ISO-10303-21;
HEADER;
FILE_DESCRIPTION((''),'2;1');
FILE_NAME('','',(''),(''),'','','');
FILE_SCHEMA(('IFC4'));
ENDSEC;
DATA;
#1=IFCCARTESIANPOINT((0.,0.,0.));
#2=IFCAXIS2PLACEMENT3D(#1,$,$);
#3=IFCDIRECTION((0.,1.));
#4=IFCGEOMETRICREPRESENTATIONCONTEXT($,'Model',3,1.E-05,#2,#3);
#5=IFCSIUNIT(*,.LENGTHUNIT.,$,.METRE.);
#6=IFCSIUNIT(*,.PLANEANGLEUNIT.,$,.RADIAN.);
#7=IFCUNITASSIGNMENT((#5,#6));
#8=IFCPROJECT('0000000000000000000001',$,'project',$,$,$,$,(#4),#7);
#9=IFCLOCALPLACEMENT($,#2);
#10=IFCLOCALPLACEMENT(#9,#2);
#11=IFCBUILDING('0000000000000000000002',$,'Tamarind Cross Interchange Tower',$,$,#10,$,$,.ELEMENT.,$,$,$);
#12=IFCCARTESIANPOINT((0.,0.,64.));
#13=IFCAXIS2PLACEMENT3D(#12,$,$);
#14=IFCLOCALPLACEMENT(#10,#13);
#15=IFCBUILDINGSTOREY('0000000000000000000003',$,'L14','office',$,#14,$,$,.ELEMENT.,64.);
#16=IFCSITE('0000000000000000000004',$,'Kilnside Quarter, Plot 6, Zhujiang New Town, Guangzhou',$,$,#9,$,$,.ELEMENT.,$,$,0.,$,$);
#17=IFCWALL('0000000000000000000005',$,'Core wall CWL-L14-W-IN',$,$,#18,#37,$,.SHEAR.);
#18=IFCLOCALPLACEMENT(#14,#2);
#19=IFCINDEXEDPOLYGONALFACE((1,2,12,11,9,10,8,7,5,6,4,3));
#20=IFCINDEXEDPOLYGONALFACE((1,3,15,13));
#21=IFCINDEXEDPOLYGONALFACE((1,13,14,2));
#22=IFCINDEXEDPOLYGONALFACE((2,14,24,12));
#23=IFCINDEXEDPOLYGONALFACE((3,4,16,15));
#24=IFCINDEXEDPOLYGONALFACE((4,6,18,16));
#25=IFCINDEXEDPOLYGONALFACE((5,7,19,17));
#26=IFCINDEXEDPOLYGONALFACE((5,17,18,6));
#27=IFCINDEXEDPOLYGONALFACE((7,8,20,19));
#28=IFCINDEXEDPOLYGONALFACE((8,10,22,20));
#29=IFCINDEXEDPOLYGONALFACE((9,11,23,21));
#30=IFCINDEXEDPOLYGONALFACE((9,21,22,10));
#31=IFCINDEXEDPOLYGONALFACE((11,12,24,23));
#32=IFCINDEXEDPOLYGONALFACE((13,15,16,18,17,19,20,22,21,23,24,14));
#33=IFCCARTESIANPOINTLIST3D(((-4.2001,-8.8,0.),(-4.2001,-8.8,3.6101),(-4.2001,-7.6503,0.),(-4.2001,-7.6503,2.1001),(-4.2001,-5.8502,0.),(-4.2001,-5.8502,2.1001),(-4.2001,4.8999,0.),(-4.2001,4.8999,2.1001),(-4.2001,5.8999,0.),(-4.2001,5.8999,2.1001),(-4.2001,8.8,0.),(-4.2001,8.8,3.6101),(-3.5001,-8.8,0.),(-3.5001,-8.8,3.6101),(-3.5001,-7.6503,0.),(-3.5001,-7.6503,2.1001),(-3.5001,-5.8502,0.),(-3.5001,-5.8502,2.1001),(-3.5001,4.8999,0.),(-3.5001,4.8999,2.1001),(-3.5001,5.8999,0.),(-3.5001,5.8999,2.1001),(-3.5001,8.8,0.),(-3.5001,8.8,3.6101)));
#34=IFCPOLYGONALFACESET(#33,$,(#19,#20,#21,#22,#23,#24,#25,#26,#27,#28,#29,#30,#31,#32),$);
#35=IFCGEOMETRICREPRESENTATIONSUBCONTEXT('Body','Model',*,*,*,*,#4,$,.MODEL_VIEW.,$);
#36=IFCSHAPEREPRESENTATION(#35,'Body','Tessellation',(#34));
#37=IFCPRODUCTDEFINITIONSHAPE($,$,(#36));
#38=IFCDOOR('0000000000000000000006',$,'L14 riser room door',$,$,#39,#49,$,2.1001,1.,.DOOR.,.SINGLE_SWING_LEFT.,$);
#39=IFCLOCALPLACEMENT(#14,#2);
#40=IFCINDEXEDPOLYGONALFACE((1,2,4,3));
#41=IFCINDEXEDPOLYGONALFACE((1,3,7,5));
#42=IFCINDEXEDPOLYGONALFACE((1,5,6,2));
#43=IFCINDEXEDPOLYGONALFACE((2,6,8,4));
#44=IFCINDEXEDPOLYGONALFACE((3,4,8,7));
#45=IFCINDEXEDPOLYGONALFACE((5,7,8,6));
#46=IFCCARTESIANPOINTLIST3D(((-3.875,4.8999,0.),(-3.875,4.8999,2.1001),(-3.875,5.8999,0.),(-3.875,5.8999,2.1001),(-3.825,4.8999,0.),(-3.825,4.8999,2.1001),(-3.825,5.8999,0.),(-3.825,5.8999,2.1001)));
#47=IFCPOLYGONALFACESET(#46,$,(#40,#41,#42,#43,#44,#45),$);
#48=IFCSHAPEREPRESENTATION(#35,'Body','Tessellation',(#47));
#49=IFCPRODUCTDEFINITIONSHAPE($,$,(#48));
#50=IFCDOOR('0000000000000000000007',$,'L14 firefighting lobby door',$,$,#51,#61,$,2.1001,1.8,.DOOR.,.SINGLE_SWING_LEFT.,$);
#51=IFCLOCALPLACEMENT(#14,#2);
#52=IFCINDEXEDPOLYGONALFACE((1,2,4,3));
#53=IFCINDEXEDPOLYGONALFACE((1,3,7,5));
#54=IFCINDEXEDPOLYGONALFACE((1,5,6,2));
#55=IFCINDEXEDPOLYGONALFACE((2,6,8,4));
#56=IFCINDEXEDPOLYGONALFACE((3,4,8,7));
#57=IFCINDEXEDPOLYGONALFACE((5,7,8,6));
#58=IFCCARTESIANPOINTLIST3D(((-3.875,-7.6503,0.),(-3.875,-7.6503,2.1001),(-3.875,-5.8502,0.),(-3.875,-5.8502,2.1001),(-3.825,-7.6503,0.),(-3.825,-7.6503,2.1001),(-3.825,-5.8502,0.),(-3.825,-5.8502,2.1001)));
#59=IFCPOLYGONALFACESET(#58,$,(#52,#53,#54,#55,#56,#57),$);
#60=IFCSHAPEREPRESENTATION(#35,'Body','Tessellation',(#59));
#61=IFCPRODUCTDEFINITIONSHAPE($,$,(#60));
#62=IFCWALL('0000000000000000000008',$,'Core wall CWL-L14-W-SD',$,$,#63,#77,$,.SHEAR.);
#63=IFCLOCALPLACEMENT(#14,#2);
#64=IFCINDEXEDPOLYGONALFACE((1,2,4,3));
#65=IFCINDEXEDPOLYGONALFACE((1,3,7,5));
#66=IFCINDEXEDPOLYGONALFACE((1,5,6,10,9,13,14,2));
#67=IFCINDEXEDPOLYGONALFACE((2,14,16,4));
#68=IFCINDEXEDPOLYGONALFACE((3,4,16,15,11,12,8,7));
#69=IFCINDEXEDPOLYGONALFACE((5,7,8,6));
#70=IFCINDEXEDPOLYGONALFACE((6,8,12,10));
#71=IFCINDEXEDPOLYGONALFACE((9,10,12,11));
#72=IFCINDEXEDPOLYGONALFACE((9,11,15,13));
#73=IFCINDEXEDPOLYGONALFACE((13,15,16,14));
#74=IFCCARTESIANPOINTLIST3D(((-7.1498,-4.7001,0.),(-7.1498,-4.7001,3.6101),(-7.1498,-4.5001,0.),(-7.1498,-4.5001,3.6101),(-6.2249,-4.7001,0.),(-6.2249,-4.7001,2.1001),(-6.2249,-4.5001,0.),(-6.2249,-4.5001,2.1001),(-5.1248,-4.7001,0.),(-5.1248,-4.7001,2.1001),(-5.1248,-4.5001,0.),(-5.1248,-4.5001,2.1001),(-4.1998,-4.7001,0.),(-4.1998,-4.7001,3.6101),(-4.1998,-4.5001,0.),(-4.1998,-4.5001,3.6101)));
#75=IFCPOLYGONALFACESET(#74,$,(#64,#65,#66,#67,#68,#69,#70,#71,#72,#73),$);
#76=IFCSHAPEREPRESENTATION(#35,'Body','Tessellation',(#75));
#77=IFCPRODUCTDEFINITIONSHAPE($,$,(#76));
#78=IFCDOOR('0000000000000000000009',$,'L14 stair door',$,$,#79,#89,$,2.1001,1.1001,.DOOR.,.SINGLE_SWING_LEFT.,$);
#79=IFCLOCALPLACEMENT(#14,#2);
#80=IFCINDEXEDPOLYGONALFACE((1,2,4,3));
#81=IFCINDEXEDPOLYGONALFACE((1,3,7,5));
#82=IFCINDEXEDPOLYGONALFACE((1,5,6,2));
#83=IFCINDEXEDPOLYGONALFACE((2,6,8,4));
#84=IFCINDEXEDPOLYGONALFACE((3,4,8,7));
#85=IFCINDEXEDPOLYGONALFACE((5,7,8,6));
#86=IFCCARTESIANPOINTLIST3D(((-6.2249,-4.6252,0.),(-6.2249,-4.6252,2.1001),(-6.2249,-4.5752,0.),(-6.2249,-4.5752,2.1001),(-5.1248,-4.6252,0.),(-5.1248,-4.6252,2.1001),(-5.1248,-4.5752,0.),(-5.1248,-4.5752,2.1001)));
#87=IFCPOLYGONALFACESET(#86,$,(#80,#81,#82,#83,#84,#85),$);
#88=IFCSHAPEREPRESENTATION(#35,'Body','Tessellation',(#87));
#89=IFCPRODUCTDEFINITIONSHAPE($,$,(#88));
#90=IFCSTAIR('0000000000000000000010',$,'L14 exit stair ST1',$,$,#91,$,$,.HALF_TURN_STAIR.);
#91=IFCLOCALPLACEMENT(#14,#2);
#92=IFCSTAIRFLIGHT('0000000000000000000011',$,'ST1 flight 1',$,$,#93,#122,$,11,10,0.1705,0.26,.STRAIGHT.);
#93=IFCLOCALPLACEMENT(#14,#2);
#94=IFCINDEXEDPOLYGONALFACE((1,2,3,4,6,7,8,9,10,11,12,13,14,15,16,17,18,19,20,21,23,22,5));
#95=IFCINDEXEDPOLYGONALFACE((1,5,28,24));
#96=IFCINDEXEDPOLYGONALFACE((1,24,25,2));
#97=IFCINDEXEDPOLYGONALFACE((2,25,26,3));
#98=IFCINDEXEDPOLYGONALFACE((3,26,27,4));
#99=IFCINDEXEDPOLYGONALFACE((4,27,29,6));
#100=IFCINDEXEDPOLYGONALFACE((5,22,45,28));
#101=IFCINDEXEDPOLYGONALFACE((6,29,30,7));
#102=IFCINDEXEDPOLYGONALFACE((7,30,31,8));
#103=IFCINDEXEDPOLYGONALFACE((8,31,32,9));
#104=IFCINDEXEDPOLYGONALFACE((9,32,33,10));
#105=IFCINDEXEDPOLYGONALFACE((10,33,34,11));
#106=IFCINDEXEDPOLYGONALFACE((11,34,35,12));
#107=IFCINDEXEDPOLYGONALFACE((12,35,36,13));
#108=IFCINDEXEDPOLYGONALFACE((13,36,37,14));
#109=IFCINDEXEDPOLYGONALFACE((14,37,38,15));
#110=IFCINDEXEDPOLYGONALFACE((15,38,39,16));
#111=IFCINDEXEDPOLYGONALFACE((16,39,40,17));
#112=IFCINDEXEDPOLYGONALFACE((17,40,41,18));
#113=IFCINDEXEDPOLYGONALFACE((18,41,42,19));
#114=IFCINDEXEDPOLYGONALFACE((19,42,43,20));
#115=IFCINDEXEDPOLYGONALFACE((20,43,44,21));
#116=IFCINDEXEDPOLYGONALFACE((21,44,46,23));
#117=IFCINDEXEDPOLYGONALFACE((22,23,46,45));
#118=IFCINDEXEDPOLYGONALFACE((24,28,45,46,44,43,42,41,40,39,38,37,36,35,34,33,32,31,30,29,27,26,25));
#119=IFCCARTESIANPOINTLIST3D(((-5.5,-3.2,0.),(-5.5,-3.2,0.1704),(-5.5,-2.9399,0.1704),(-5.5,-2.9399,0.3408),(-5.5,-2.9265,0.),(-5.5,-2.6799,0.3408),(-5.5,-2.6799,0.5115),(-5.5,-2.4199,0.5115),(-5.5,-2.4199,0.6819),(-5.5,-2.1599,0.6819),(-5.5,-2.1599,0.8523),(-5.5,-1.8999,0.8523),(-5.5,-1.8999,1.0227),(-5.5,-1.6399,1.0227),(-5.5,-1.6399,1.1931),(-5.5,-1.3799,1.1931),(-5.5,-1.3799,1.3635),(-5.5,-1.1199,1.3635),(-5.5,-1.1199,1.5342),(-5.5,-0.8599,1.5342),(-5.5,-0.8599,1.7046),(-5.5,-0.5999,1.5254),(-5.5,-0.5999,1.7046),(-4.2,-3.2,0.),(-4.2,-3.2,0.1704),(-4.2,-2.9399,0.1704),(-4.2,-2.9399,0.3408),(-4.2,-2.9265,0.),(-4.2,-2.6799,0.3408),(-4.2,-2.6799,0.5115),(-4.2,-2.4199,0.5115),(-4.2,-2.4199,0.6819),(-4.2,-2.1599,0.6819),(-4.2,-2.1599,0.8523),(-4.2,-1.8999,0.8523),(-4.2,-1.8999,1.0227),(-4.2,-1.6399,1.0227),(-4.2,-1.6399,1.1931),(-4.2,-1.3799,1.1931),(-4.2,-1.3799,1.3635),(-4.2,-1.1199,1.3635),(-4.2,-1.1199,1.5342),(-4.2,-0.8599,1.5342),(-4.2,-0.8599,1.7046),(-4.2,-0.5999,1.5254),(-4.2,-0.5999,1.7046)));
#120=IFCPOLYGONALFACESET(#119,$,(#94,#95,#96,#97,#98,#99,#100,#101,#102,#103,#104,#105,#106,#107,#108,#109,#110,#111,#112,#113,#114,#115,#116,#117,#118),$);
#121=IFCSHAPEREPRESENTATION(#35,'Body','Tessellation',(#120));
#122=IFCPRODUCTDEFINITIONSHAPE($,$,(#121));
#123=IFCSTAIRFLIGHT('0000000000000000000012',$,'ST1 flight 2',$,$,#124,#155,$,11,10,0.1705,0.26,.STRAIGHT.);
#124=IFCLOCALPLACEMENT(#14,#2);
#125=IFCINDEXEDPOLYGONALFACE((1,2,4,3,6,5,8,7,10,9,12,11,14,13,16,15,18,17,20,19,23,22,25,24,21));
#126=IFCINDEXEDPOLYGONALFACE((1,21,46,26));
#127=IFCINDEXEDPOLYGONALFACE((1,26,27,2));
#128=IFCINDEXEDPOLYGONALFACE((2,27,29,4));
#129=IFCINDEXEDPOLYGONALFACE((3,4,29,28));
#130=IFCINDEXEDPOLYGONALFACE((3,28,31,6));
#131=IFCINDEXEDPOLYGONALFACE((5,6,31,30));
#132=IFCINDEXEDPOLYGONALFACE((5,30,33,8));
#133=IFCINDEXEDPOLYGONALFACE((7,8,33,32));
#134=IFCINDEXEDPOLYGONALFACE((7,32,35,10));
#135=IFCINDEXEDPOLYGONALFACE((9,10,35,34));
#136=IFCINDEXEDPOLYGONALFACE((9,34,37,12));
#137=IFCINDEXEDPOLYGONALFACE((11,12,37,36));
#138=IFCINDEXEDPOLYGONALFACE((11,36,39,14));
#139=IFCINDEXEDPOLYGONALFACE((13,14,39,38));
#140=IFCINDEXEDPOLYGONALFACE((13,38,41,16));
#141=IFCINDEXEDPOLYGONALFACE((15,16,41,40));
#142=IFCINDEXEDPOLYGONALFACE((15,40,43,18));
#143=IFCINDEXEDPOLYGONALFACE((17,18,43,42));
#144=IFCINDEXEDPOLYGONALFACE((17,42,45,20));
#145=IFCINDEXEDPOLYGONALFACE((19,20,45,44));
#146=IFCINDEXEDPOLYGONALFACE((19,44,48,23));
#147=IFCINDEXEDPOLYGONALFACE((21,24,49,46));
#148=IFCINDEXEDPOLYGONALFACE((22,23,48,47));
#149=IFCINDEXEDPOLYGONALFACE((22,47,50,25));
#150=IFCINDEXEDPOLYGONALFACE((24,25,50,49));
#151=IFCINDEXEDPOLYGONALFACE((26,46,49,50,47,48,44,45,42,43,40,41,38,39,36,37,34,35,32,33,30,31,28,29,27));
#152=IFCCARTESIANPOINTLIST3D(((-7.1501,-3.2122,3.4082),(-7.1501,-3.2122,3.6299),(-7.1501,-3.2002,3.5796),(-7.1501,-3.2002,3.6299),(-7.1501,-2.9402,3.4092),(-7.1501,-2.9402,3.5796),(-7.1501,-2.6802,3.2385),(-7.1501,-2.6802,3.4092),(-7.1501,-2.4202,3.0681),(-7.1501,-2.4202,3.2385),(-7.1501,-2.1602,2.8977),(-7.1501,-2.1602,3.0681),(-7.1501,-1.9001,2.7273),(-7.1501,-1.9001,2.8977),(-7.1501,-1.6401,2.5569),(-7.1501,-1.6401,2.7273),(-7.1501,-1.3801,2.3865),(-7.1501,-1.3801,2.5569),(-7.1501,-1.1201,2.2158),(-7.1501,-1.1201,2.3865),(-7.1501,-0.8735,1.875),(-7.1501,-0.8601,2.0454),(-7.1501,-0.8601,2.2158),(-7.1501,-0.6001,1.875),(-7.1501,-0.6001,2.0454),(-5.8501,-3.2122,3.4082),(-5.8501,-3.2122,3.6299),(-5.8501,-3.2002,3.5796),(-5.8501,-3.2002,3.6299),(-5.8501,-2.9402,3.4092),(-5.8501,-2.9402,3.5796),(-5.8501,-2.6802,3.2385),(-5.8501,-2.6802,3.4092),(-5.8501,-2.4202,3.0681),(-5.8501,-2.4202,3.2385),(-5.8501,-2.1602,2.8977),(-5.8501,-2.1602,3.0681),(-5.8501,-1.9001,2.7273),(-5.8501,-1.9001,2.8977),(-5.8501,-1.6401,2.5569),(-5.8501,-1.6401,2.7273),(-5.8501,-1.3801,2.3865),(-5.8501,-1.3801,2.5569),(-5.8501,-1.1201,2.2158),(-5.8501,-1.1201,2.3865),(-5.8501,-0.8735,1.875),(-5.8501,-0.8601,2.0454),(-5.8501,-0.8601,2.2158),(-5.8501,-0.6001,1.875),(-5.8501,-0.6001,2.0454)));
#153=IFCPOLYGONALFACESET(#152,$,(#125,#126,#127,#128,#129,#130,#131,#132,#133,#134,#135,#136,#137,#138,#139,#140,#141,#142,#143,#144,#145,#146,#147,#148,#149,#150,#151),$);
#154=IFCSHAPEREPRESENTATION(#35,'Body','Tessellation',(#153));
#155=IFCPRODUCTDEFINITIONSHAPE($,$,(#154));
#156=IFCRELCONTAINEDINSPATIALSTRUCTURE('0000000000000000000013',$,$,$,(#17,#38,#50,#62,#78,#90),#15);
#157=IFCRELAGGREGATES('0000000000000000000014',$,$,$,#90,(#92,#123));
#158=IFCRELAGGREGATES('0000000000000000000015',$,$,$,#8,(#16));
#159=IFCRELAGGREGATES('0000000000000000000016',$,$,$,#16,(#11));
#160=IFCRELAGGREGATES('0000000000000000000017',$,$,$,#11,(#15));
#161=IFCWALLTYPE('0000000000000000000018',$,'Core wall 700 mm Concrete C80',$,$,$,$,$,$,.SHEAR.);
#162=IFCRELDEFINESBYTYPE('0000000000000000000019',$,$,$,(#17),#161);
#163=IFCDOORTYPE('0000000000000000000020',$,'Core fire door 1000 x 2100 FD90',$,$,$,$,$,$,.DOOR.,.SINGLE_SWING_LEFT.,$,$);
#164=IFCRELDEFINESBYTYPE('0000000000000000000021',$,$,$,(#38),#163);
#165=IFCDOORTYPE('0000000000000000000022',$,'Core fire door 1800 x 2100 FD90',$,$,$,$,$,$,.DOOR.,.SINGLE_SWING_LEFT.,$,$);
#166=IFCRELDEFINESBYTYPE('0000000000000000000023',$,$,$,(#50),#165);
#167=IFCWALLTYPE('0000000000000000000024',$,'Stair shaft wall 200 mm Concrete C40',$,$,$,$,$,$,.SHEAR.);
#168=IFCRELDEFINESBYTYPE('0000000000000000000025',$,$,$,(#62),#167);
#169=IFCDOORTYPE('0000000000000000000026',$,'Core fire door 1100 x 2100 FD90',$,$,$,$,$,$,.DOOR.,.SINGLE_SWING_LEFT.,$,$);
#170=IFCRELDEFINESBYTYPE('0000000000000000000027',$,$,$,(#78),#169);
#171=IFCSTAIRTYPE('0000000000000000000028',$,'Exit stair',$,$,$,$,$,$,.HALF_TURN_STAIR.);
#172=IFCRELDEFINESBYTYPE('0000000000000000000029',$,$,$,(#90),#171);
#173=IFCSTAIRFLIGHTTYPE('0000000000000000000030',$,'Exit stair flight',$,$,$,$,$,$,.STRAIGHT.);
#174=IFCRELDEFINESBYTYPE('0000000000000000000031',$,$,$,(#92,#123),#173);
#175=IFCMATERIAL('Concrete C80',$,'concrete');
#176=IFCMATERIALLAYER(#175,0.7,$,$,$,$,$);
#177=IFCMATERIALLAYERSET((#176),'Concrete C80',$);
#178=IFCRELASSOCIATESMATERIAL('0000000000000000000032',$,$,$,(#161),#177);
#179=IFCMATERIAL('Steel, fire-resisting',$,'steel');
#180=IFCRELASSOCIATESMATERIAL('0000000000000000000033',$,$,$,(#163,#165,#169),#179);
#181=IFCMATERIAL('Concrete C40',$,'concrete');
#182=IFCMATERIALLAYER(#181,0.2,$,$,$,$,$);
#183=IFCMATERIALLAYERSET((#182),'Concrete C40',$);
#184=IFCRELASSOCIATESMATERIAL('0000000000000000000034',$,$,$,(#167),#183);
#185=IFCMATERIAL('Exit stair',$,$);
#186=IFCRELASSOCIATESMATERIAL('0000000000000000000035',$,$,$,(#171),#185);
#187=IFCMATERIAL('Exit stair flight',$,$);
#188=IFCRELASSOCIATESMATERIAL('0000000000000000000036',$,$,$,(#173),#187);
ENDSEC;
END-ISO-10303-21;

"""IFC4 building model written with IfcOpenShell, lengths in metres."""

from ifc_helpers import new_model, si_unit, direction, frame, frame_2d, origin, place, context, subcontext, project, spatial, polyline, rectangle, outline, extrude, material, layer, layer_set, type_object, element, fill, aggregate, save


model = new_model("IFC4")

# Units and contexts
model_context = context("Model", 3, precision=1e-05, world=origin(), true_north=direction((0.0, 1.0)))
body_context = subcontext(model_context, "Body", "Model", "MODEL_VIEW")
ifc_project = project(units=[si_unit("LENGTHUNIT", "METRE"), si_unit("PLANEANGLEUNIT", "RADIAN")], contexts=[model_context])

# Site, building, storey
site_placement = place(None, origin())
site = spatial("IfcSite", under=ifc_project, at=site_placement, Name="Kilnside Quarter, Plot 6, Zhujiang New Town, Guangzhou", CompositionType="ELEMENT", RefElevation=0.0)
building_placement = place(site_placement, origin())
building = spatial("IfcBuilding", under=site, at=building_placement, Name="Tamarind Cross Interchange Tower", CompositionType="ELEMENT")
storey_placement = place(building_placement, frame((0.0, 0.0, 64.0)))
storey = spatial("IfcBuildingStorey", under=building, at=storey_placement, Name="L14", Description="office", CompositionType="ELEMENT", Elevation=64.0)

# Wall, openings, doors
ifc_material_1 = material(Name="Concrete C80", Category="concrete")
ifc_layer_1 = layer(ifc_material_1, 0.7)
ifc_layer_set_1 = layer_set([ifc_layer_1], Name="Concrete C80")
wall_type_1 = type_object("IfcWallType", Name="Core wall 700 mm Concrete C80", PredefinedType="SHEAR", material=ifc_layer_set_1)
wall_1_placement = place(storey_placement, frame((-3.8501, -8.8, 0.0), z_axis=(0.0, 0.0, 1.0), x_axis=(0.0, 1.0, 0.0)))
wall_1 = element("IfcWall", 1, at=wall_1_placement, inside=storey, type_object=wall_type_1, Name="Core wall CWL-L14-W-IN", PredefinedType="SHEAR", context=body_context, shape_type="SweptSolid", body=[
    extrude(rectangle(XDim=17.6001, YDim=0.7, at=frame_2d((8.8, 0.0))), origin(), (0.0, 0.0, 1.0), 3.6101),
])
opening_1_placement = place(wall_1_placement, frame((1.1499, 0.0, 0.0)))
opening_1 = element("IfcOpeningElement", 2, at=opening_1_placement, cuts=wall_1, PredefinedType="OPENING", context=body_context, shape_type="SweptSolid", body=[
    extrude(rectangle(XDim=1.8, YDim=2.1001, at=frame_2d((0.8999, 1.05))), frame((0.0, 0.3599, 0.0), z_axis=(0.0, -1.0, 0.0), x_axis=(1.0, 0.0, 0.0)), (0.0, 0.0, 1.0), 0.72),
])
opening_2_placement = place(wall_1_placement, frame((13.7, 0.0, 0.0)))
opening_2 = element("IfcOpeningElement", 3, at=opening_2_placement, cuts=wall_1, PredefinedType="OPENING", context=body_context, shape_type="SweptSolid", body=[
    extrude(rectangle(XDim=1.0, YDim=2.1001, at=frame_2d((0.5, 1.05))), frame((0.0, 0.3599, 0.0), z_axis=(0.0, -1.0, 0.0), x_axis=(1.0, 0.0, 0.0)), (0.0, 0.0, 1.0), 0.72),
])
ifc_material_2 = material(Name="Steel, fire-resisting", Category="steel")
door_type_1 = type_object("IfcDoorType", Name="Core fire door 1000 x 2100 FD90", OperationType="SINGLE_SWING_LEFT", PredefinedType="DOOR", material=ifc_material_2)
door_1_placement = place(opening_2_placement, origin())
door_1 = element("IfcDoor", 4, at=door_1_placement, inside=storey, type_object=door_type_1, Name="L14 riser room door", OperationType="SINGLE_SWING_LEFT", OverallHeight=2.1001, OverallWidth=1.0, PredefinedType="DOOR", context=body_context, shape_type="SweptSolid", body=[
    extrude(rectangle(XDim=1.0, YDim=2.1001, at=frame_2d((0.5, 1.05))), frame((0.0, 0.0249, 0.0), z_axis=(0.0, -1.0, 0.0), x_axis=(1.0, 0.0, 0.0)), (0.0, 0.0, 1.0), 0.05),
])
fill(opening_2, door_1)
door_type_2 = type_object("IfcDoorType", Name="Core fire door 1800 x 2100 FD90", OperationType="SINGLE_SWING_LEFT", PredefinedType="DOOR", material=ifc_material_2)
door_2_placement = place(opening_1_placement, origin())
door_2 = element("IfcDoor", 5, at=door_2_placement, inside=storey, type_object=door_type_2, Name="L14 firefighting lobby door", OperationType="SINGLE_SWING_LEFT", OverallHeight=2.1001, OverallWidth=1.8, PredefinedType="DOOR", context=body_context, shape_type="SweptSolid", body=[
    extrude(rectangle(XDim=1.8, YDim=2.1001, at=frame_2d((0.8999, 1.05))), frame((0.0, 0.0249, 0.0), z_axis=(0.0, -1.0, 0.0), x_axis=(1.0, 0.0, 0.0)), (0.0, 0.0, 1.0), 0.05),
])
fill(opening_1, door_2)

# Wall, opening, door
ifc_material_3 = material(Name="Concrete C40", Category="concrete")
ifc_layer_2 = layer(ifc_material_3, 0.2)
ifc_layer_set_2 = layer_set([ifc_layer_2], Name="Concrete C40")
wall_type_2 = type_object("IfcWallType", Name="Stair shaft wall 200 mm Concrete C40", PredefinedType="SHEAR", material=ifc_layer_set_2)
wall_2_placement = place(storey_placement, frame((-7.1499, -4.6001, 0.0), z_axis=(0.0, 0.0, 1.0), x_axis=(1.0, 0.0, 0.0)))
wall_2 = element("IfcWall", 6, at=wall_2_placement, inside=storey, type_object=wall_type_2, Name="Core wall CWL-L14-W-SD", PredefinedType="SHEAR", context=body_context, shape_type="SweptSolid", body=[
    extrude(rectangle(XDim=2.95, YDim=0.2, at=frame_2d((1.4751, 0.0))), origin(), (0.0, 0.0, 1.0), 3.6101),
])
opening_3_placement = place(wall_2_placement, frame((0.925, 0.0, 0.0)))
opening_3 = element("IfcOpeningElement", 7, at=opening_3_placement, cuts=wall_2, PredefinedType="OPENING", context=body_context, shape_type="SweptSolid", body=[
    extrude(rectangle(XDim=1.1001, YDim=2.1001, at=frame_2d((0.55, 1.05))), frame((0.0, 0.1099, 0.0), z_axis=(0.0, -1.0, 0.0), x_axis=(1.0, 0.0, 0.0)), (0.0, 0.0, 1.0), 0.22),
])
door_type_3 = type_object("IfcDoorType", Name="Core fire door 1100 x 2100 FD90", OperationType="SINGLE_SWING_LEFT", PredefinedType="DOOR", material=ifc_material_2)
door_3_placement = place(opening_3_placement, origin())
door_3 = element("IfcDoor", 8, at=door_3_placement, inside=storey, type_object=door_type_3, Name="L14 stair door", OperationType="SINGLE_SWING_LEFT", OverallHeight=2.1001, OverallWidth=1.1001, PredefinedType="DOOR", context=body_context, shape_type="SweptSolid", body=[
    extrude(rectangle(XDim=1.1001, YDim=2.1001, at=frame_2d((0.55, 1.05))), frame((0.0, 0.0249, 0.0), z_axis=(0.0, -1.0, 0.0), x_axis=(1.0, 0.0, 0.0)), (0.0, 0.0, 1.0), 0.05),
])
fill(opening_3, door_3)

# Stair, stair flights
ifc_material_4 = material(Name="Exit stair")
stair_type = type_object("IfcStairType", Name="Exit stair", PredefinedType="HALF_TURN_STAIR", material=ifc_material_4)
stair_placement = place(storey_placement, origin())
stair = element("IfcStair", 9, at=stair_placement, inside=storey, type_object=stair_type, Name="L14 exit stair ST1", PredefinedType="HALF_TURN_STAIR")
ifc_material_5 = material(Name="Exit stair flight")
stair_flight_type = type_object("IfcStairFlightType", Name="Exit stair flight", PredefinedType="STRAIGHT", material=ifc_material_5)
stair_flight_1_placement = place(storey_placement, frame((-4.8501, -3.2, 0.0), z_axis=(0.0, 0.0, 1.0), x_axis=(0.0, 1.0, 0.0)))
stair_flight_1 = element("IfcStairFlight", 10, at=stair_flight_1_placement, type_object=stair_flight_type, Name="ST1 flight 1", NumberOfRisers=11, NumberOfTreads=10, PredefinedType="STRAIGHT", RiserHeight=0.1705, TreadLength=0.26, context=body_context, shape_type="SweptSolid", body=[
    extrude(outline(polyline([(0.0, 0.0), (0.0, 0.1704), (0.26, 0.1704), (0.26, 0.3408), (0.52, 0.3408), (0.52, 0.5115), (0.78, 0.5115), (0.78, 0.6819), (1.04, 0.6819), (1.04, 0.8523), (1.3, 0.8523), (1.3, 1.0227), (1.5601, 1.0227), (1.5601, 1.1931), (1.8201, 1.1931), (1.8201, 1.3635), (2.0801, 1.3635), (2.0801, 1.5342), (2.3401, 1.5342), (2.3401, 1.7046), (2.6001, 1.7046), (2.6001, 1.875), (2.6001, 1.5254), (0.2734, 0.0), (0.0, 0.0)])), frame((0.0, 0.6499, 0.0), z_axis=(0.0, -1.0, 0.0), x_axis=(1.0, 0.0, 0.0)), (0.0, 0.0, 1.0), 1.3),
])
stair_flight_2_placement = place(storey_placement, frame((-6.5, -0.6001, 1.875), z_axis=(0.0, 0.0, 1.0), x_axis=(0.0, -1.0, 0.0)))
stair_flight_2 = element("IfcStairFlight", 11, at=stair_flight_2_placement, type_object=stair_flight_type, Name="ST1 flight 2", NumberOfRisers=11, NumberOfTreads=10, PredefinedType="STRAIGHT", RiserHeight=0.1705, TreadLength=0.26, context=body_context, shape_type="SweptSolid", body=[
    extrude(outline(polyline([(0.0, 0.0), (0.0, 0.1704), (0.26, 0.1704), (0.26, 0.3408), (0.52, 0.3408), (0.52, 0.5115), (0.78, 0.5115), (0.78, 0.6819), (1.04, 0.6819), (1.04, 0.8523), (1.3, 0.8523), (1.3, 1.0227), (1.5601, 1.0227), (1.5601, 1.1931), (1.8201, 1.1931), (1.8201, 1.3635), (2.0801, 1.3635), (2.0801, 1.5342), (2.3401, 1.5342), (2.3401, 1.7046), (2.6001, 1.7046), (2.6001, 1.7549), (2.6121, 1.7549), (2.6121, 1.5332), (0.2734, 0.0), (0.0, 0.0)])), frame((0.0, 0.6499, 0.0), z_axis=(0.0, -1.0, 0.0), x_axis=(1.0, 0.0, 0.0)), (0.0, 0.0, 1.0), 1.3),
])
aggregate(stair, [stair_flight_1, stair_flight_2])

save(model, "model.ifc")
